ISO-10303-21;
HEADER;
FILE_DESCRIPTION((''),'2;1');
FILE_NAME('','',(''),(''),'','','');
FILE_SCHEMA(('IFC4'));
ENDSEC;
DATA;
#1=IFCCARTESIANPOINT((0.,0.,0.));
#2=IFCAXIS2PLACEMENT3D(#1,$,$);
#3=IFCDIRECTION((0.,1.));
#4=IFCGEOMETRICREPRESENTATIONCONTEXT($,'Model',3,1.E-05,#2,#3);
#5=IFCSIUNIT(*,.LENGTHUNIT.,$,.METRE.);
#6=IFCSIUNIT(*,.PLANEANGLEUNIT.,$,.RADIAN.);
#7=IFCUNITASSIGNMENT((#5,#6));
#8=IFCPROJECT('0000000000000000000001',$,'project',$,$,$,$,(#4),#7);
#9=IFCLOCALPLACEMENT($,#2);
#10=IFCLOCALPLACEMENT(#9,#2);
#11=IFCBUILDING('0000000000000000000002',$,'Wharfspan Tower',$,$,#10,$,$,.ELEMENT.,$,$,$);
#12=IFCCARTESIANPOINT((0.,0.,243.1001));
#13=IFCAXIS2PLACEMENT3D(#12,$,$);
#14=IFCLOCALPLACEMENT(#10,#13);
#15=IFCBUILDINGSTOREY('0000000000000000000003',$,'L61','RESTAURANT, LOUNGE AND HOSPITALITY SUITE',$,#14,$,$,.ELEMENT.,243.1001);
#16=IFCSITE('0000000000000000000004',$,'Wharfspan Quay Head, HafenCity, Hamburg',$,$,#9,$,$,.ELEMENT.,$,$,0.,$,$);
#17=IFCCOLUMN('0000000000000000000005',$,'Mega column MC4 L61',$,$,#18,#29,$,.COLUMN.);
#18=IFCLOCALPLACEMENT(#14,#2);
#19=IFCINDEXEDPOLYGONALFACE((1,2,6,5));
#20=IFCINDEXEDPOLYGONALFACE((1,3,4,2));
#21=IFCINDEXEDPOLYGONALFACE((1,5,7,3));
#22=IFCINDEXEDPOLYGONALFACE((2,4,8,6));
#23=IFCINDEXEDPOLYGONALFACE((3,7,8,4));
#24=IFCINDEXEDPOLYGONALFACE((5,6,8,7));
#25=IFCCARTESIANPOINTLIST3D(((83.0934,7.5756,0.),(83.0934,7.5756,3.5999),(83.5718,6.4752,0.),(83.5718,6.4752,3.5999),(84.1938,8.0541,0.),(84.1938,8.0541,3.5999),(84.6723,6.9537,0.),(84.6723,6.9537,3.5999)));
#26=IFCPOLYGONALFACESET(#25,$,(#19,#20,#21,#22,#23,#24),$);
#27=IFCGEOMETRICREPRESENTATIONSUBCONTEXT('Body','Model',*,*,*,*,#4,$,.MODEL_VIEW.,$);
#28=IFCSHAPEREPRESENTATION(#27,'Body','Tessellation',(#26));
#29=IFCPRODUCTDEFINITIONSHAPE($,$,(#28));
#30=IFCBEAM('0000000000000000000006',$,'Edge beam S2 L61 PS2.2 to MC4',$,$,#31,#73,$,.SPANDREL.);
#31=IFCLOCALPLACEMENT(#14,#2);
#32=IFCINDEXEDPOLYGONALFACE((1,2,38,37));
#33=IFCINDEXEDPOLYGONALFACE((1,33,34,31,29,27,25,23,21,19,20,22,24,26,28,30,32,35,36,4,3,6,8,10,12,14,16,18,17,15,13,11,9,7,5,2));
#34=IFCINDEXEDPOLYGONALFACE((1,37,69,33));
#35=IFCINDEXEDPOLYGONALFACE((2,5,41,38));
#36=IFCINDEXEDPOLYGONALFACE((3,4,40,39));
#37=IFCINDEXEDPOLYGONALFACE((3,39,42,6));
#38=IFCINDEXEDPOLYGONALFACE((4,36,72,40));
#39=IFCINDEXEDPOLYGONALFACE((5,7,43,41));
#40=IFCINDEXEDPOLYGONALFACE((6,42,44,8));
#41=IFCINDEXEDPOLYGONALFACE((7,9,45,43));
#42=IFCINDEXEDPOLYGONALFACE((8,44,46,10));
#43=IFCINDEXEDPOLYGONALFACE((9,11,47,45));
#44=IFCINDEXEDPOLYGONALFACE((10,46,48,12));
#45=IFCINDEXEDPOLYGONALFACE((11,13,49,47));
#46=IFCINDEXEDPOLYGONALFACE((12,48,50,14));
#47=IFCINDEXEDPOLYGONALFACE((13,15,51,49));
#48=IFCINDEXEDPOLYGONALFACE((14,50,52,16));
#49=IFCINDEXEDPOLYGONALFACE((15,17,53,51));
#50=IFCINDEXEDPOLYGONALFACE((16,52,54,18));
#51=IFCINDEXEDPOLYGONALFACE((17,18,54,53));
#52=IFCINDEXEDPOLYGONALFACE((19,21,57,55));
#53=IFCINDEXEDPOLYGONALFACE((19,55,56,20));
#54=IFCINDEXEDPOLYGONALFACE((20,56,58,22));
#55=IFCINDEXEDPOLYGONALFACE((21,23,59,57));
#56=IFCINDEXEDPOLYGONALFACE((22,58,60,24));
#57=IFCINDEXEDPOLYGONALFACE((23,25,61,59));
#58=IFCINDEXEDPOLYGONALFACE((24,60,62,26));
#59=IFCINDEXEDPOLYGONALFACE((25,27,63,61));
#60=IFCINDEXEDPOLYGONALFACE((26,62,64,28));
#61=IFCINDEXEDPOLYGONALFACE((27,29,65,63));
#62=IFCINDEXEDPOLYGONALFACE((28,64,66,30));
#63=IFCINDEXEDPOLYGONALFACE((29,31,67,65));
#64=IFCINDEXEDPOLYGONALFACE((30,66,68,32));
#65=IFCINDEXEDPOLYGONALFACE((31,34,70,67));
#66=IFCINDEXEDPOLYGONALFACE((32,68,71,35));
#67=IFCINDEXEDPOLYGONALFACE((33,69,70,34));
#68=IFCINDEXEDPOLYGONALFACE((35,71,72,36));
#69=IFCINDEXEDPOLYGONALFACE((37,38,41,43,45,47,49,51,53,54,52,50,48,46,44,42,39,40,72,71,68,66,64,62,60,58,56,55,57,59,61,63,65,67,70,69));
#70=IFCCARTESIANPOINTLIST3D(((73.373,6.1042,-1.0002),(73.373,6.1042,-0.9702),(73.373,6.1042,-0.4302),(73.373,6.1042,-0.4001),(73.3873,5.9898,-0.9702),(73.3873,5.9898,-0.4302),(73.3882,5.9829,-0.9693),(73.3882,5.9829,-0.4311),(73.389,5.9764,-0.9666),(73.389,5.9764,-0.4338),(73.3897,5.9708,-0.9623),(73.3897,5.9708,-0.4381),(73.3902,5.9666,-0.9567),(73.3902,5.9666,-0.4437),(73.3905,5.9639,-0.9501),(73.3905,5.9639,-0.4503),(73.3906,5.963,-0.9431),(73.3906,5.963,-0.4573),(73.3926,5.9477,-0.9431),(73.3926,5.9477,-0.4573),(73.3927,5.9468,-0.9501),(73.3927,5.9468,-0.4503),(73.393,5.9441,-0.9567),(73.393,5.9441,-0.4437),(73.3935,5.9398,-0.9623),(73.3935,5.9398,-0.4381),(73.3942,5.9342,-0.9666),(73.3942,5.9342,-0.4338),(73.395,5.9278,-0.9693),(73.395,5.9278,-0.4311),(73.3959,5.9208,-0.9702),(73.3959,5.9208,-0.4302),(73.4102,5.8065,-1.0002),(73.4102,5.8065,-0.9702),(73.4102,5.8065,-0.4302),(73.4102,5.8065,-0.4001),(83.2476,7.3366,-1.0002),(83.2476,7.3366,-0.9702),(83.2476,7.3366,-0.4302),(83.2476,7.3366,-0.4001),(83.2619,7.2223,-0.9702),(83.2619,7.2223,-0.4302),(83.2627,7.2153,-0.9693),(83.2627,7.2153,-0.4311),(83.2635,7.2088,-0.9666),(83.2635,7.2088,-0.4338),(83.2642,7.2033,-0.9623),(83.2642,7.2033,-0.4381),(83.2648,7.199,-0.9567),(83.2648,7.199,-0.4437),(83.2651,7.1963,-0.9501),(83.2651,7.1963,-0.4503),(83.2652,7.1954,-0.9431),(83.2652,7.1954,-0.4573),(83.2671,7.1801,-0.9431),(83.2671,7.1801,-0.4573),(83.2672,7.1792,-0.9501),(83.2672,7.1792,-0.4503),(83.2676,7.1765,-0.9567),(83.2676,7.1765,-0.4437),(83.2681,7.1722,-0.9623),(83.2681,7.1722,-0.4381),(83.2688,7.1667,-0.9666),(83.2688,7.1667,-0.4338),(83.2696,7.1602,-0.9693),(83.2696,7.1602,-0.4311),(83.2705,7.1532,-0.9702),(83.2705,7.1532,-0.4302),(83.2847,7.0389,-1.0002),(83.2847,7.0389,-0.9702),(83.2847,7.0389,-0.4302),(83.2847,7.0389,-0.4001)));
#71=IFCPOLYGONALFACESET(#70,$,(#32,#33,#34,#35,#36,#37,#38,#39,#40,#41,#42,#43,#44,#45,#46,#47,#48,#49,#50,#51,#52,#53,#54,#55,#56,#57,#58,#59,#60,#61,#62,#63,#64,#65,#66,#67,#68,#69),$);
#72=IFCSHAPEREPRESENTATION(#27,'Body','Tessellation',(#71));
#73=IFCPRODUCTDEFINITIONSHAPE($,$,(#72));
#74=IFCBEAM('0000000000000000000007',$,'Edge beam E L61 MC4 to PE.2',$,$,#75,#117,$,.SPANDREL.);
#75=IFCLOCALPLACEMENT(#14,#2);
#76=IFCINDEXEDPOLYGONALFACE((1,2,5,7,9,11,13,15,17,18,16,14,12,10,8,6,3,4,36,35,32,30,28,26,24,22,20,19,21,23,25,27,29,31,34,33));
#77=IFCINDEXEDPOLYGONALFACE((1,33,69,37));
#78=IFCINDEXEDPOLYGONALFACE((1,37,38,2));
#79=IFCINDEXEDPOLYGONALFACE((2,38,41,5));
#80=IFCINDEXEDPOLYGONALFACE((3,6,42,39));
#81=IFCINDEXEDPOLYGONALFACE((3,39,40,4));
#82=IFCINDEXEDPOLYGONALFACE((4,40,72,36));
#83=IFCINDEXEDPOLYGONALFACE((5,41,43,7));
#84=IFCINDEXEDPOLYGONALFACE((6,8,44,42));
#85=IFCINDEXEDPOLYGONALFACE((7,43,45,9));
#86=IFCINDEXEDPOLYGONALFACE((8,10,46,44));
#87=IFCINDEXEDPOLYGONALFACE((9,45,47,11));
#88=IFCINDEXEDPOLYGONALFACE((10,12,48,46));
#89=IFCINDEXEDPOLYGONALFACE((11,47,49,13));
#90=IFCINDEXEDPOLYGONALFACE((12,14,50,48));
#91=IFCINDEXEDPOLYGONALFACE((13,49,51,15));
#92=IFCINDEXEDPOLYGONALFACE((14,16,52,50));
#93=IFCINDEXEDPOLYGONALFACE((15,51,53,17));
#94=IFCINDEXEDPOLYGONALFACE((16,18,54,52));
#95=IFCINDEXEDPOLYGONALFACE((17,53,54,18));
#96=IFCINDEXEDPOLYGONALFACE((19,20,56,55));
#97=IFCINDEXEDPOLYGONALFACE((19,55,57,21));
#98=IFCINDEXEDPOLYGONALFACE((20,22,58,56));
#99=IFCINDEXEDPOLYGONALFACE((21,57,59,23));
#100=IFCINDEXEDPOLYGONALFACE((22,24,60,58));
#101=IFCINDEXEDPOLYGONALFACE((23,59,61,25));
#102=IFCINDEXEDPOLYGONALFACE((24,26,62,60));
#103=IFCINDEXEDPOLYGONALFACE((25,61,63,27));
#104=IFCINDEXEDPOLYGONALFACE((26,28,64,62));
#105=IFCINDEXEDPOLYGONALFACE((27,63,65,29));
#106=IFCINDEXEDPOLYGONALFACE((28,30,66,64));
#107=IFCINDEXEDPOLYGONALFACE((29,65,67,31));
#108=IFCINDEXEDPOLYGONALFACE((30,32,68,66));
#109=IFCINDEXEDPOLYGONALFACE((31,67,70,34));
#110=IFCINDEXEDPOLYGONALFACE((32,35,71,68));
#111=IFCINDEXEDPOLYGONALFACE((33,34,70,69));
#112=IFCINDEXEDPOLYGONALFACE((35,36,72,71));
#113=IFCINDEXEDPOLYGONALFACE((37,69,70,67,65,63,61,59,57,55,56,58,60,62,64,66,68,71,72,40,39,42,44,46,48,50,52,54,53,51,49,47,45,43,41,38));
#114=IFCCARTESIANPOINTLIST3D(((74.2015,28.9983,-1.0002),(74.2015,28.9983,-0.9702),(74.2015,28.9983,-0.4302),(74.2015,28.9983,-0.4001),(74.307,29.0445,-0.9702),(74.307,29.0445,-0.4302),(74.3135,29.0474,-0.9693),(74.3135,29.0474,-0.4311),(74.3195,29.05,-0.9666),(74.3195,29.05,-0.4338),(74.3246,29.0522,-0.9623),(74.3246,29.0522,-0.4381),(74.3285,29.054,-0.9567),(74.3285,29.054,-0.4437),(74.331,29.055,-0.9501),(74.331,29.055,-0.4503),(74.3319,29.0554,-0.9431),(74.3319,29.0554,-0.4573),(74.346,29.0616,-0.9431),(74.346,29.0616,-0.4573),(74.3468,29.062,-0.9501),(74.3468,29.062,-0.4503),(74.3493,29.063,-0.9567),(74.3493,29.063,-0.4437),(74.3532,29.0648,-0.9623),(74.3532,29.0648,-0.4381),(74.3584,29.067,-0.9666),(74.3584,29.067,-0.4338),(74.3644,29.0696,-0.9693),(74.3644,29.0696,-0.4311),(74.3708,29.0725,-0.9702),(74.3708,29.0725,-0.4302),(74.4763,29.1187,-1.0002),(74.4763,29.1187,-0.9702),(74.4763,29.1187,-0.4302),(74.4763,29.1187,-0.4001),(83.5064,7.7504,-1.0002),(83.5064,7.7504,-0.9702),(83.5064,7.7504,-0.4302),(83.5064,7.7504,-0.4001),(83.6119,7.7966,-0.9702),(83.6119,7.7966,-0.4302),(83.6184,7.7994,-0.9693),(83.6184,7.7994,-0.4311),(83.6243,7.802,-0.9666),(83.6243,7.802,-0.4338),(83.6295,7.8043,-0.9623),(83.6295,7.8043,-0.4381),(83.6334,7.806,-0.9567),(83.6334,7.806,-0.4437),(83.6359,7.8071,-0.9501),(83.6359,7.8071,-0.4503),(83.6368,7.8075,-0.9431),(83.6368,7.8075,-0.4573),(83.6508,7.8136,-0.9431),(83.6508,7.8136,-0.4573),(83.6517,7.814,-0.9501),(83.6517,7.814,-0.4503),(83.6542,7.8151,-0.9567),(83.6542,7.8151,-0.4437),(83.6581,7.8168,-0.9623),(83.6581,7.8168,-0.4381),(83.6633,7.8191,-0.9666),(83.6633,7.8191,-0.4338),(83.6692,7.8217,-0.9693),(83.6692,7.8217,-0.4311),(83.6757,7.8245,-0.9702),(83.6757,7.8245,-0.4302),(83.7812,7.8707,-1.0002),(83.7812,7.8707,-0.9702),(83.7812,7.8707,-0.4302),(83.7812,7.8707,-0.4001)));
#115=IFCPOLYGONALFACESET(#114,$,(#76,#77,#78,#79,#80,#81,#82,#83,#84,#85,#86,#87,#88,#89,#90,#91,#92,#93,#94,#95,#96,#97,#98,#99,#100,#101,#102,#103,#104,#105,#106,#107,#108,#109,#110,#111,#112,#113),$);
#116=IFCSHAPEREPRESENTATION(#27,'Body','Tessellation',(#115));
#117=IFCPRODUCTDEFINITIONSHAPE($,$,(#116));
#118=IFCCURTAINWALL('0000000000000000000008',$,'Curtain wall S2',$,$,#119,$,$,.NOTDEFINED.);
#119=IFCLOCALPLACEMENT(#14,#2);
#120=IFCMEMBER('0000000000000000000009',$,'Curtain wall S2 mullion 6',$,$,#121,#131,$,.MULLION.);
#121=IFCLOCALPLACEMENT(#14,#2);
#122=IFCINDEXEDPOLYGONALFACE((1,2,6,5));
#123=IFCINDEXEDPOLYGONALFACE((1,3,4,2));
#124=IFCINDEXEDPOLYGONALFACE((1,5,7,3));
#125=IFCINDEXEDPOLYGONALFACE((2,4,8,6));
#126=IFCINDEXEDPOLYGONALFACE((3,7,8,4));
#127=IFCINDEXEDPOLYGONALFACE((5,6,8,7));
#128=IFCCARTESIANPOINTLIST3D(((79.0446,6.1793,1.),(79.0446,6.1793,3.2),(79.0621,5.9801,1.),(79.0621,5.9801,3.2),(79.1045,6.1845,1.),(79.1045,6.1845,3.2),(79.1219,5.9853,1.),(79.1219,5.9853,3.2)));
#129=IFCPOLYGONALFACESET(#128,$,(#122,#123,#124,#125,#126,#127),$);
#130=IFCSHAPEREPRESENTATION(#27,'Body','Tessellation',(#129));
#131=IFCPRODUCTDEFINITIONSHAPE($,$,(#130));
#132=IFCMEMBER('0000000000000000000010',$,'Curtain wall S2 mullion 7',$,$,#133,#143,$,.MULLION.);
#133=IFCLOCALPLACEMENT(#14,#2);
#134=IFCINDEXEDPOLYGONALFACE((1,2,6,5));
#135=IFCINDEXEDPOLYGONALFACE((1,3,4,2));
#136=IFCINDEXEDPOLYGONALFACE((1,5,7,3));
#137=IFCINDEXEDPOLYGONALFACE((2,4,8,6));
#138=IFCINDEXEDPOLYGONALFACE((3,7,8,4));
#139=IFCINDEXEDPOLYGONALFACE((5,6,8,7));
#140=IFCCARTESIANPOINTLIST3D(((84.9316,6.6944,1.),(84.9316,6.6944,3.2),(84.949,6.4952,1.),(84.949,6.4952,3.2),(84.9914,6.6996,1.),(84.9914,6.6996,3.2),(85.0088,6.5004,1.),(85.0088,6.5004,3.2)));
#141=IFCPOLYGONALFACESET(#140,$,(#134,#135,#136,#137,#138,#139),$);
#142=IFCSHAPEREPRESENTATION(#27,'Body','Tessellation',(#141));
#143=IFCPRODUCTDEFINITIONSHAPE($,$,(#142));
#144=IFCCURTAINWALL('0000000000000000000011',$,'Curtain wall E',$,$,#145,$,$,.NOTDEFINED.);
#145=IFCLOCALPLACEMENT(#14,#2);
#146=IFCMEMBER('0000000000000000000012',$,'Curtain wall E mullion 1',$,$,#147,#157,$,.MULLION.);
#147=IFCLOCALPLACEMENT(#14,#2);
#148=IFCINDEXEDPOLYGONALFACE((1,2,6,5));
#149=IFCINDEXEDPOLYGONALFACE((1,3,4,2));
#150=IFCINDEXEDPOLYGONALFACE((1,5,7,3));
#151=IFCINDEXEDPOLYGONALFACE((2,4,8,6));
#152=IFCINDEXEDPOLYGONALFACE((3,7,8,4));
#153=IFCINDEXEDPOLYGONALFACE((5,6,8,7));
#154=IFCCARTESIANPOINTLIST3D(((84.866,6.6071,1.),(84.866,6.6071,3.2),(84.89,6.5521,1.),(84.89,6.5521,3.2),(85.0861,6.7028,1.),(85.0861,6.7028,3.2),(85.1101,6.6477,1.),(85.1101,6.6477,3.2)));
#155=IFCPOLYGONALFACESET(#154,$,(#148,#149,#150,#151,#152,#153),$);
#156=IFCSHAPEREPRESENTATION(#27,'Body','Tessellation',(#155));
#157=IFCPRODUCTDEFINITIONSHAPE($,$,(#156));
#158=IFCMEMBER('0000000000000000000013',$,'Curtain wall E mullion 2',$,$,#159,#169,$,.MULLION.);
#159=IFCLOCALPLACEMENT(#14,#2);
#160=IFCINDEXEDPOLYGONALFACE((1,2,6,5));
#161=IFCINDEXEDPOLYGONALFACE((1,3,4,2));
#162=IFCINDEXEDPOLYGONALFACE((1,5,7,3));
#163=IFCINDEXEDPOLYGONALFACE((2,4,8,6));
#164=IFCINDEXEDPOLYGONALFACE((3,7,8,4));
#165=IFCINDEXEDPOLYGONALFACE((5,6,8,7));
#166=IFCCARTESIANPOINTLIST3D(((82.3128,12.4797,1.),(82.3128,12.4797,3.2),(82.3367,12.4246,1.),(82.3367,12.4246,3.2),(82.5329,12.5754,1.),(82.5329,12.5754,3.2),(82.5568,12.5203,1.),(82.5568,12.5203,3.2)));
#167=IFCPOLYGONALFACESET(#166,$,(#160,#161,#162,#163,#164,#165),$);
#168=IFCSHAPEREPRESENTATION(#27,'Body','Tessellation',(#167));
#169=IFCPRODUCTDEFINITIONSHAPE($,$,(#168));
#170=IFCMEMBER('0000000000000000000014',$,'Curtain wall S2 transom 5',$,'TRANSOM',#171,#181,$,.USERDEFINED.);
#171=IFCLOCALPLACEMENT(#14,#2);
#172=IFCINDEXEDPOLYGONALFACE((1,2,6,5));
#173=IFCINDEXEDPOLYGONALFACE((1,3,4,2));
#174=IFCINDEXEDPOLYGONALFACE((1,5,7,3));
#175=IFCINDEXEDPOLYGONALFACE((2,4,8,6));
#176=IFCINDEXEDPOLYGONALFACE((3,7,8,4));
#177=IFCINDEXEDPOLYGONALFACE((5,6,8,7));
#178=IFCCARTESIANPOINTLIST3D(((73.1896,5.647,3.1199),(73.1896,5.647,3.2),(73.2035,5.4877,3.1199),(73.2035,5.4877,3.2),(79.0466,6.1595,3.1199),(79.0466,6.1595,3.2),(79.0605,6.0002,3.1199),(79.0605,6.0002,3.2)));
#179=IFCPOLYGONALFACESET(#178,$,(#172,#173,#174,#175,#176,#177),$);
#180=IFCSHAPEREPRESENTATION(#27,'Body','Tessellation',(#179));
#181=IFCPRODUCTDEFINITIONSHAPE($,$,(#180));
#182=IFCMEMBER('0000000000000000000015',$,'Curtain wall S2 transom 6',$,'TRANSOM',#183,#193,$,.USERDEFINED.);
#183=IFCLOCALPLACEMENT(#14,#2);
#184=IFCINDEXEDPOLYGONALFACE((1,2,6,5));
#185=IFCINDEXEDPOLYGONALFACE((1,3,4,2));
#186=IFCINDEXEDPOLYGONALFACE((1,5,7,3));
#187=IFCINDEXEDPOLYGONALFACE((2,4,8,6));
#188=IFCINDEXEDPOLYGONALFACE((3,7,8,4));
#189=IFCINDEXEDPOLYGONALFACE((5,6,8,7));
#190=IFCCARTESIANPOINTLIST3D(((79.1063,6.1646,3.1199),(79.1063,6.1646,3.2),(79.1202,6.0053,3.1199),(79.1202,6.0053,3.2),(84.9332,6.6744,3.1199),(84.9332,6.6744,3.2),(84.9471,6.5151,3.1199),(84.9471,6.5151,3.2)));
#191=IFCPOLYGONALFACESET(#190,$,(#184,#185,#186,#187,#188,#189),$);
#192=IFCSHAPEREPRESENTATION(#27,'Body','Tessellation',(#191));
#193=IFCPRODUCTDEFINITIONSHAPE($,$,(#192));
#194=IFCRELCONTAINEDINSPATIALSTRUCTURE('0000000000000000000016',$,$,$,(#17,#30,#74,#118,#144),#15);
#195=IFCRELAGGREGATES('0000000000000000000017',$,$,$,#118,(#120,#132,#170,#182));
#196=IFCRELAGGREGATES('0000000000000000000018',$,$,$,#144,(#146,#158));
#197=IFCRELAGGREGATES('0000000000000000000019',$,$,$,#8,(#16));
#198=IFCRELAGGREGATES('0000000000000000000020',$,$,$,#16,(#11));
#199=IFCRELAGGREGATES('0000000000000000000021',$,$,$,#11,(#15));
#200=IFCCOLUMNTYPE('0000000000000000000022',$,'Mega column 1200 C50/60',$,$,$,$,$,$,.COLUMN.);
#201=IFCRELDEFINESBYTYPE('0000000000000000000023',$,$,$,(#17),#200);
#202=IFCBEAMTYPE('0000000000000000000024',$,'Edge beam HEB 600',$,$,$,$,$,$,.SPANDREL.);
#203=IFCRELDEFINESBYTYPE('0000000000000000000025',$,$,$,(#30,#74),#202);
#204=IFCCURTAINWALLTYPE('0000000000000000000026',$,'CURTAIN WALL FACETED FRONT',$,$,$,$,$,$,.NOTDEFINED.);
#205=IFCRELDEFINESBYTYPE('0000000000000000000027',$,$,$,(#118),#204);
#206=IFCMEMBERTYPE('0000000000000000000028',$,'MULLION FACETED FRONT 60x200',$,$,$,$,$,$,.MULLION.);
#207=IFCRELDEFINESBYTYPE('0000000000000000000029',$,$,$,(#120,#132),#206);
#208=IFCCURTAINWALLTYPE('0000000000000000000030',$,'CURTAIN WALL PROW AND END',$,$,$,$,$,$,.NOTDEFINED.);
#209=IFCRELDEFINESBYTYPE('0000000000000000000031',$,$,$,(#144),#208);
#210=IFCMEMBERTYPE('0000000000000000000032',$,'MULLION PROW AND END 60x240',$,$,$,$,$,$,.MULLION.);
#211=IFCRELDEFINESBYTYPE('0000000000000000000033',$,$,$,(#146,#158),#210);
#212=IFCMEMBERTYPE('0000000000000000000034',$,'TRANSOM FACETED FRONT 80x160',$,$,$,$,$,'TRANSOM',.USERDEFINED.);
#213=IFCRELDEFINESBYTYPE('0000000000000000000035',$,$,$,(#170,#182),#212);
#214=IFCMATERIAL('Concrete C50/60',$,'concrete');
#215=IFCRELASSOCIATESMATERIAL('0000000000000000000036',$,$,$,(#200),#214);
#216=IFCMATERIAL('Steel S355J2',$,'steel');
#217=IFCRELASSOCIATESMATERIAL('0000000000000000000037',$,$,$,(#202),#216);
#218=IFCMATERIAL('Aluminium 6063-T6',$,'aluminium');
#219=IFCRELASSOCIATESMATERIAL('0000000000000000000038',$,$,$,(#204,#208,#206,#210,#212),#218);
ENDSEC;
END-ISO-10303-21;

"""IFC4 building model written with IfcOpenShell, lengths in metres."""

from ifc_helpers import new_model, si_unit, direction, frame, origin, origin_2d, place, context, subcontext, project, spatial, rectangle, i_section, extrude, material, material_profile, profile_set, type_object, element, aggregate, save


model = new_model("IFC4")

# Units and contexts
model_context = context("Model", 3, precision=1e-05, world=origin(), true_north=direction((0.0, 1.0)))
body_context = subcontext(model_context, "Body", "Model", "MODEL_VIEW")
ifc_project = project(units=[si_unit("LENGTHUNIT", "METRE"), si_unit("PLANEANGLEUNIT", "RADIAN")], contexts=[model_context])

# Site, building, storey
site_placement = place(None, origin())
site = spatial("IfcSite", under=ifc_project, at=site_placement, Name="Wharfspan Quay Head, HafenCity, Hamburg", CompositionType="ELEMENT", RefElevation=0.0)
building_placement = place(site_placement, origin())
building = spatial("IfcBuilding", under=site, at=building_placement, Name="Wharfspan Tower", CompositionType="ELEMENT")
storey_placement = place(building_placement, frame((0.0, 0.0, 243.1001)))
storey = spatial("IfcBuildingStorey", under=building, at=storey_placement, Name="L61", Description="RESTAURANT, LOUNGE AND HOSPITALITY SUITE", CompositionType="ELEMENT", Elevation=243.1001)

# Column
ifc_material_1 = material(Name="Concrete C50/60", Category="concrete")
ifc_material_profile_1 = material_profile(ifc_material_1, rectangle(XDim=1.2, YDim=1.2, at=origin_2d()))
ifc_profile_set_1 = profile_set([ifc_material_profile_1], Name="Concrete C50/60")
column_type = type_object("IfcColumnType", Name="Mega column 1200 C50/60", PredefinedType="COLUMN", material=ifc_profile_set_1)
column_placement = place(storey_placement, frame((83.8828, 7.2646, 0.0), z_axis=(0.0, 0.0, 1.0), x_axis=(-0.398727, 0.917072, 0.0)))
element("IfcColumn", 1, at=column_placement, inside=storey, type_object=column_type, Name="Mega column MC4 L61", PredefinedType="COLUMN", context=body_context, shape_type="SweptSolid", body=[
    extrude(rectangle(XDim=1.2, YDim=1.2, at=origin_2d()), origin(), (0.0, 0.0, 1.0), 3.5999),
])

# Beams
ifc_material_2 = material(Name="Steel S355J2", Category="steel")
ifc_material_profile_2 = material_profile(ifc_material_2, i_section(OverallWidth=0.3, OverallDepth=0.6001, WebThickness=0.0154, FlangeThickness=0.03, FilletRadius=0.0271, at=origin_2d()))
ifc_profile_set_2 = profile_set([ifc_material_profile_2], Name="Steel S355J2")
beam_type = type_object("IfcBeamType", Name="Edge beam HEB 600", PredefinedType="SPANDREL", material=ifc_profile_set_2)
beam_1_placement = place(storey_placement, frame((73.3916, 5.9553, -0.7002), z_axis=(0.992301, 0.123848, 0.0), x_axis=(-0.123848, 0.992301, 0.0)))
element("IfcBeam", 2, at=beam_1_placement, inside=storey, type_object=beam_type, Name="Edge beam S2 L61 PS2.2 to MC4", PredefinedType="SPANDREL", context=body_context, shape_type="SweptSolid", body=[
    extrude(i_section(OverallWidth=0.3, OverallDepth=0.6001, WebThickness=0.0154, FlangeThickness=0.03, FilletRadius=0.0271, at=origin_2d()), origin(), (0.0, 0.0, 1.0), 9.9512),
])
beam_2_placement = place(storey_placement, frame((83.6438, 7.8105, -0.7002), z_axis=(-0.401141, 0.916016, 0.0), x_axis=(-0.916016, -0.401141, 0.0)))
element("IfcBeam", 3, at=beam_2_placement, inside=storey, type_object=beam_type, Name="Edge beam E L61 MC4 to PE.2", PredefinedType="SPANDREL", context=body_context, shape_type="SweptSolid", body=[
    extrude(i_section(OverallWidth=0.3, OverallDepth=0.6001, WebThickness=0.0154, FlangeThickness=0.03, FilletRadius=0.0271, at=origin_2d()), origin(), (0.0, 0.0, 1.0), 23.196),
])

# Curtain walls, members
ifc_material_3 = material(Name="Aluminium 6063-T6", Category="aluminium")
curtain_wall_type_1 = type_object("IfcCurtainWallType", Name="CURTAIN WALL FACETED FRONT", PredefinedType="NOTDEFINED", material=ifc_material_3)
curtain_wall_1_placement = place(storey_placement, origin())
curtain_wall_1 = element("IfcCurtainWall", 4, at=curtain_wall_1_placement, inside=storey, type_object=curtain_wall_type_1, Name="Curtain wall S2", PredefinedType="NOTDEFINED")
ifc_material_profile_3 = material_profile(ifc_material_3, rectangle(XDim=0.2, YDim=0.0601, at=origin_2d()))
ifc_profile_set_3 = profile_set([ifc_material_profile_3], Name="Aluminium 6063-T6")
member_type_1 = type_object("IfcMemberType", Name="MULLION FACETED FRONT 60x200", PredefinedType="MULLION", material=ifc_profile_set_3)
member_1_placement = place(storey_placement, frame((79.0833, 6.0823, 1.0), z_axis=(0.0, 0.0, 1.0), x_axis=(-0.087156, 0.996197, 0.0)))
member_1 = element("IfcMember", 5, at=member_1_placement, type_object=member_type_1, Name="Curtain wall S2 mullion 6", PredefinedType="MULLION", context=body_context, shape_type="SweptSolid", body=[
    extrude(rectangle(XDim=0.2, YDim=0.0601, at=origin_2d()), origin(), (0.0, 0.0, 1.0), 2.2),
])
member_2_placement = place(storey_placement, frame((84.9702, 6.5974, 1.0), z_axis=(0.0, 0.0, 1.0), x_axis=(-0.087156, 0.996197, 0.0)))
member_2 = element("IfcMember", 6, at=member_2_placement, type_object=member_type_1, Name="Curtain wall S2 mullion 7", PredefinedType="MULLION", context=body_context, shape_type="SweptSolid", body=[
    extrude(rectangle(XDim=0.2, YDim=0.0601, at=origin_2d()), origin(), (0.0, 0.0, 1.0), 2.2),
])
curtain_wall_type_2 = type_object("IfcCurtainWallType", Name="CURTAIN WALL PROW AND END", PredefinedType="NOTDEFINED", material=ifc_material_3)
curtain_wall_2_placement = place(storey_placement, origin())
curtain_wall_2 = element("IfcCurtainWall", 7, at=curtain_wall_2_placement, inside=storey, type_object=curtain_wall_type_2, Name="Curtain wall E", PredefinedType="NOTDEFINED")
ifc_material_profile_4 = material_profile(ifc_material_3, rectangle(XDim=0.24, YDim=0.0601, at=origin_2d()))
ifc_profile_set_4 = profile_set([ifc_material_profile_4], Name="Aluminium 6063-T6")
member_type_2 = type_object("IfcMemberType", Name="MULLION PROW AND END 60x240", PredefinedType="MULLION", material=ifc_profile_set_4)
member_3_placement = place(storey_placement, frame((84.988, 6.6274, 1.0), z_axis=(0.0, 0.0, 1.0), x_axis=(-0.917072, -0.398727, 0.0)))
member_3 = element("IfcMember", 8, at=member_3_placement, type_object=member_type_2, Name="Curtain wall E mullion 1", PredefinedType="MULLION", context=body_context, shape_type="SweptSolid", body=[
    extrude(rectangle(XDim=0.24, YDim=0.0601, at=origin_2d()), origin(), (0.0, 0.0, 1.0), 2.2),
])
member_4_placement = place(storey_placement, frame((82.4348, 12.5, 1.0), z_axis=(0.0, 0.0, 1.0), x_axis=(-0.917072, -0.398727, 0.0)))
member_4 = element("IfcMember", 9, at=member_4_placement, type_object=member_type_2, Name="Curtain wall E mullion 2", PredefinedType="MULLION", context=body_context, shape_type="SweptSolid", body=[
    extrude(rectangle(XDim=0.24, YDim=0.0601, at=origin_2d()), origin(), (0.0, 0.0, 1.0), 2.2),
])

# Members
ifc_material_profile_5 = material_profile(ifc_material_3, rectangle(XDim=0.1599, YDim=0.0801, at=origin_2d()))
ifc_profile_set_5 = profile_set([ifc_material_profile_5], Name="Aluminium 6063-T6")
member_type_3 = type_object("IfcMemberType", Name="TRANSOM FACETED FRONT 80x160", ElementType="TRANSOM", PredefinedType="USERDEFINED", material=ifc_profile_set_5)
member_5_placement = place(storey_placement, frame((73.1965, 5.5674, 3.1599), z_axis=(0.996194, 0.087162, 0.0), x_axis=(-0.087162, 0.996194, 0.0)))
member_5 = element("IfcMember", 10, at=member_5_placement, type_object=member_type_3, Name="Curtain wall S2 transom 5", ObjectType="TRANSOM", PredefinedType="USERDEFINED", context=body_context, shape_type="SweptSolid", body=[
    extrude(rectangle(XDim=0.1599, YDim=0.0801, at=origin_2d()), origin(), (0.0, 0.0, 1.0), 5.8794),
])
member_6_placement = place(storey_placement, frame((79.1133, 6.085, 3.1599), z_axis=(0.996195, 0.087152, 0.0), x_axis=(-0.087152, 0.996195, 0.0)))
member_6 = element("IfcMember", 11, at=member_6_placement, type_object=member_type_3, Name="Curtain wall S2 transom 6", ObjectType="TRANSOM", PredefinedType="USERDEFINED", context=body_context, shape_type="SweptSolid", body=[
    extrude(rectangle(XDim=0.1599, YDim=0.0801, at=origin_2d()), origin(), (0.0, 0.0, 1.0), 5.8491),
])

aggregate(curtain_wall_1, [member_1, member_2, member_5, member_6])
aggregate(curtain_wall_2, [member_3, member_4])

save(model, "model.ifc")
